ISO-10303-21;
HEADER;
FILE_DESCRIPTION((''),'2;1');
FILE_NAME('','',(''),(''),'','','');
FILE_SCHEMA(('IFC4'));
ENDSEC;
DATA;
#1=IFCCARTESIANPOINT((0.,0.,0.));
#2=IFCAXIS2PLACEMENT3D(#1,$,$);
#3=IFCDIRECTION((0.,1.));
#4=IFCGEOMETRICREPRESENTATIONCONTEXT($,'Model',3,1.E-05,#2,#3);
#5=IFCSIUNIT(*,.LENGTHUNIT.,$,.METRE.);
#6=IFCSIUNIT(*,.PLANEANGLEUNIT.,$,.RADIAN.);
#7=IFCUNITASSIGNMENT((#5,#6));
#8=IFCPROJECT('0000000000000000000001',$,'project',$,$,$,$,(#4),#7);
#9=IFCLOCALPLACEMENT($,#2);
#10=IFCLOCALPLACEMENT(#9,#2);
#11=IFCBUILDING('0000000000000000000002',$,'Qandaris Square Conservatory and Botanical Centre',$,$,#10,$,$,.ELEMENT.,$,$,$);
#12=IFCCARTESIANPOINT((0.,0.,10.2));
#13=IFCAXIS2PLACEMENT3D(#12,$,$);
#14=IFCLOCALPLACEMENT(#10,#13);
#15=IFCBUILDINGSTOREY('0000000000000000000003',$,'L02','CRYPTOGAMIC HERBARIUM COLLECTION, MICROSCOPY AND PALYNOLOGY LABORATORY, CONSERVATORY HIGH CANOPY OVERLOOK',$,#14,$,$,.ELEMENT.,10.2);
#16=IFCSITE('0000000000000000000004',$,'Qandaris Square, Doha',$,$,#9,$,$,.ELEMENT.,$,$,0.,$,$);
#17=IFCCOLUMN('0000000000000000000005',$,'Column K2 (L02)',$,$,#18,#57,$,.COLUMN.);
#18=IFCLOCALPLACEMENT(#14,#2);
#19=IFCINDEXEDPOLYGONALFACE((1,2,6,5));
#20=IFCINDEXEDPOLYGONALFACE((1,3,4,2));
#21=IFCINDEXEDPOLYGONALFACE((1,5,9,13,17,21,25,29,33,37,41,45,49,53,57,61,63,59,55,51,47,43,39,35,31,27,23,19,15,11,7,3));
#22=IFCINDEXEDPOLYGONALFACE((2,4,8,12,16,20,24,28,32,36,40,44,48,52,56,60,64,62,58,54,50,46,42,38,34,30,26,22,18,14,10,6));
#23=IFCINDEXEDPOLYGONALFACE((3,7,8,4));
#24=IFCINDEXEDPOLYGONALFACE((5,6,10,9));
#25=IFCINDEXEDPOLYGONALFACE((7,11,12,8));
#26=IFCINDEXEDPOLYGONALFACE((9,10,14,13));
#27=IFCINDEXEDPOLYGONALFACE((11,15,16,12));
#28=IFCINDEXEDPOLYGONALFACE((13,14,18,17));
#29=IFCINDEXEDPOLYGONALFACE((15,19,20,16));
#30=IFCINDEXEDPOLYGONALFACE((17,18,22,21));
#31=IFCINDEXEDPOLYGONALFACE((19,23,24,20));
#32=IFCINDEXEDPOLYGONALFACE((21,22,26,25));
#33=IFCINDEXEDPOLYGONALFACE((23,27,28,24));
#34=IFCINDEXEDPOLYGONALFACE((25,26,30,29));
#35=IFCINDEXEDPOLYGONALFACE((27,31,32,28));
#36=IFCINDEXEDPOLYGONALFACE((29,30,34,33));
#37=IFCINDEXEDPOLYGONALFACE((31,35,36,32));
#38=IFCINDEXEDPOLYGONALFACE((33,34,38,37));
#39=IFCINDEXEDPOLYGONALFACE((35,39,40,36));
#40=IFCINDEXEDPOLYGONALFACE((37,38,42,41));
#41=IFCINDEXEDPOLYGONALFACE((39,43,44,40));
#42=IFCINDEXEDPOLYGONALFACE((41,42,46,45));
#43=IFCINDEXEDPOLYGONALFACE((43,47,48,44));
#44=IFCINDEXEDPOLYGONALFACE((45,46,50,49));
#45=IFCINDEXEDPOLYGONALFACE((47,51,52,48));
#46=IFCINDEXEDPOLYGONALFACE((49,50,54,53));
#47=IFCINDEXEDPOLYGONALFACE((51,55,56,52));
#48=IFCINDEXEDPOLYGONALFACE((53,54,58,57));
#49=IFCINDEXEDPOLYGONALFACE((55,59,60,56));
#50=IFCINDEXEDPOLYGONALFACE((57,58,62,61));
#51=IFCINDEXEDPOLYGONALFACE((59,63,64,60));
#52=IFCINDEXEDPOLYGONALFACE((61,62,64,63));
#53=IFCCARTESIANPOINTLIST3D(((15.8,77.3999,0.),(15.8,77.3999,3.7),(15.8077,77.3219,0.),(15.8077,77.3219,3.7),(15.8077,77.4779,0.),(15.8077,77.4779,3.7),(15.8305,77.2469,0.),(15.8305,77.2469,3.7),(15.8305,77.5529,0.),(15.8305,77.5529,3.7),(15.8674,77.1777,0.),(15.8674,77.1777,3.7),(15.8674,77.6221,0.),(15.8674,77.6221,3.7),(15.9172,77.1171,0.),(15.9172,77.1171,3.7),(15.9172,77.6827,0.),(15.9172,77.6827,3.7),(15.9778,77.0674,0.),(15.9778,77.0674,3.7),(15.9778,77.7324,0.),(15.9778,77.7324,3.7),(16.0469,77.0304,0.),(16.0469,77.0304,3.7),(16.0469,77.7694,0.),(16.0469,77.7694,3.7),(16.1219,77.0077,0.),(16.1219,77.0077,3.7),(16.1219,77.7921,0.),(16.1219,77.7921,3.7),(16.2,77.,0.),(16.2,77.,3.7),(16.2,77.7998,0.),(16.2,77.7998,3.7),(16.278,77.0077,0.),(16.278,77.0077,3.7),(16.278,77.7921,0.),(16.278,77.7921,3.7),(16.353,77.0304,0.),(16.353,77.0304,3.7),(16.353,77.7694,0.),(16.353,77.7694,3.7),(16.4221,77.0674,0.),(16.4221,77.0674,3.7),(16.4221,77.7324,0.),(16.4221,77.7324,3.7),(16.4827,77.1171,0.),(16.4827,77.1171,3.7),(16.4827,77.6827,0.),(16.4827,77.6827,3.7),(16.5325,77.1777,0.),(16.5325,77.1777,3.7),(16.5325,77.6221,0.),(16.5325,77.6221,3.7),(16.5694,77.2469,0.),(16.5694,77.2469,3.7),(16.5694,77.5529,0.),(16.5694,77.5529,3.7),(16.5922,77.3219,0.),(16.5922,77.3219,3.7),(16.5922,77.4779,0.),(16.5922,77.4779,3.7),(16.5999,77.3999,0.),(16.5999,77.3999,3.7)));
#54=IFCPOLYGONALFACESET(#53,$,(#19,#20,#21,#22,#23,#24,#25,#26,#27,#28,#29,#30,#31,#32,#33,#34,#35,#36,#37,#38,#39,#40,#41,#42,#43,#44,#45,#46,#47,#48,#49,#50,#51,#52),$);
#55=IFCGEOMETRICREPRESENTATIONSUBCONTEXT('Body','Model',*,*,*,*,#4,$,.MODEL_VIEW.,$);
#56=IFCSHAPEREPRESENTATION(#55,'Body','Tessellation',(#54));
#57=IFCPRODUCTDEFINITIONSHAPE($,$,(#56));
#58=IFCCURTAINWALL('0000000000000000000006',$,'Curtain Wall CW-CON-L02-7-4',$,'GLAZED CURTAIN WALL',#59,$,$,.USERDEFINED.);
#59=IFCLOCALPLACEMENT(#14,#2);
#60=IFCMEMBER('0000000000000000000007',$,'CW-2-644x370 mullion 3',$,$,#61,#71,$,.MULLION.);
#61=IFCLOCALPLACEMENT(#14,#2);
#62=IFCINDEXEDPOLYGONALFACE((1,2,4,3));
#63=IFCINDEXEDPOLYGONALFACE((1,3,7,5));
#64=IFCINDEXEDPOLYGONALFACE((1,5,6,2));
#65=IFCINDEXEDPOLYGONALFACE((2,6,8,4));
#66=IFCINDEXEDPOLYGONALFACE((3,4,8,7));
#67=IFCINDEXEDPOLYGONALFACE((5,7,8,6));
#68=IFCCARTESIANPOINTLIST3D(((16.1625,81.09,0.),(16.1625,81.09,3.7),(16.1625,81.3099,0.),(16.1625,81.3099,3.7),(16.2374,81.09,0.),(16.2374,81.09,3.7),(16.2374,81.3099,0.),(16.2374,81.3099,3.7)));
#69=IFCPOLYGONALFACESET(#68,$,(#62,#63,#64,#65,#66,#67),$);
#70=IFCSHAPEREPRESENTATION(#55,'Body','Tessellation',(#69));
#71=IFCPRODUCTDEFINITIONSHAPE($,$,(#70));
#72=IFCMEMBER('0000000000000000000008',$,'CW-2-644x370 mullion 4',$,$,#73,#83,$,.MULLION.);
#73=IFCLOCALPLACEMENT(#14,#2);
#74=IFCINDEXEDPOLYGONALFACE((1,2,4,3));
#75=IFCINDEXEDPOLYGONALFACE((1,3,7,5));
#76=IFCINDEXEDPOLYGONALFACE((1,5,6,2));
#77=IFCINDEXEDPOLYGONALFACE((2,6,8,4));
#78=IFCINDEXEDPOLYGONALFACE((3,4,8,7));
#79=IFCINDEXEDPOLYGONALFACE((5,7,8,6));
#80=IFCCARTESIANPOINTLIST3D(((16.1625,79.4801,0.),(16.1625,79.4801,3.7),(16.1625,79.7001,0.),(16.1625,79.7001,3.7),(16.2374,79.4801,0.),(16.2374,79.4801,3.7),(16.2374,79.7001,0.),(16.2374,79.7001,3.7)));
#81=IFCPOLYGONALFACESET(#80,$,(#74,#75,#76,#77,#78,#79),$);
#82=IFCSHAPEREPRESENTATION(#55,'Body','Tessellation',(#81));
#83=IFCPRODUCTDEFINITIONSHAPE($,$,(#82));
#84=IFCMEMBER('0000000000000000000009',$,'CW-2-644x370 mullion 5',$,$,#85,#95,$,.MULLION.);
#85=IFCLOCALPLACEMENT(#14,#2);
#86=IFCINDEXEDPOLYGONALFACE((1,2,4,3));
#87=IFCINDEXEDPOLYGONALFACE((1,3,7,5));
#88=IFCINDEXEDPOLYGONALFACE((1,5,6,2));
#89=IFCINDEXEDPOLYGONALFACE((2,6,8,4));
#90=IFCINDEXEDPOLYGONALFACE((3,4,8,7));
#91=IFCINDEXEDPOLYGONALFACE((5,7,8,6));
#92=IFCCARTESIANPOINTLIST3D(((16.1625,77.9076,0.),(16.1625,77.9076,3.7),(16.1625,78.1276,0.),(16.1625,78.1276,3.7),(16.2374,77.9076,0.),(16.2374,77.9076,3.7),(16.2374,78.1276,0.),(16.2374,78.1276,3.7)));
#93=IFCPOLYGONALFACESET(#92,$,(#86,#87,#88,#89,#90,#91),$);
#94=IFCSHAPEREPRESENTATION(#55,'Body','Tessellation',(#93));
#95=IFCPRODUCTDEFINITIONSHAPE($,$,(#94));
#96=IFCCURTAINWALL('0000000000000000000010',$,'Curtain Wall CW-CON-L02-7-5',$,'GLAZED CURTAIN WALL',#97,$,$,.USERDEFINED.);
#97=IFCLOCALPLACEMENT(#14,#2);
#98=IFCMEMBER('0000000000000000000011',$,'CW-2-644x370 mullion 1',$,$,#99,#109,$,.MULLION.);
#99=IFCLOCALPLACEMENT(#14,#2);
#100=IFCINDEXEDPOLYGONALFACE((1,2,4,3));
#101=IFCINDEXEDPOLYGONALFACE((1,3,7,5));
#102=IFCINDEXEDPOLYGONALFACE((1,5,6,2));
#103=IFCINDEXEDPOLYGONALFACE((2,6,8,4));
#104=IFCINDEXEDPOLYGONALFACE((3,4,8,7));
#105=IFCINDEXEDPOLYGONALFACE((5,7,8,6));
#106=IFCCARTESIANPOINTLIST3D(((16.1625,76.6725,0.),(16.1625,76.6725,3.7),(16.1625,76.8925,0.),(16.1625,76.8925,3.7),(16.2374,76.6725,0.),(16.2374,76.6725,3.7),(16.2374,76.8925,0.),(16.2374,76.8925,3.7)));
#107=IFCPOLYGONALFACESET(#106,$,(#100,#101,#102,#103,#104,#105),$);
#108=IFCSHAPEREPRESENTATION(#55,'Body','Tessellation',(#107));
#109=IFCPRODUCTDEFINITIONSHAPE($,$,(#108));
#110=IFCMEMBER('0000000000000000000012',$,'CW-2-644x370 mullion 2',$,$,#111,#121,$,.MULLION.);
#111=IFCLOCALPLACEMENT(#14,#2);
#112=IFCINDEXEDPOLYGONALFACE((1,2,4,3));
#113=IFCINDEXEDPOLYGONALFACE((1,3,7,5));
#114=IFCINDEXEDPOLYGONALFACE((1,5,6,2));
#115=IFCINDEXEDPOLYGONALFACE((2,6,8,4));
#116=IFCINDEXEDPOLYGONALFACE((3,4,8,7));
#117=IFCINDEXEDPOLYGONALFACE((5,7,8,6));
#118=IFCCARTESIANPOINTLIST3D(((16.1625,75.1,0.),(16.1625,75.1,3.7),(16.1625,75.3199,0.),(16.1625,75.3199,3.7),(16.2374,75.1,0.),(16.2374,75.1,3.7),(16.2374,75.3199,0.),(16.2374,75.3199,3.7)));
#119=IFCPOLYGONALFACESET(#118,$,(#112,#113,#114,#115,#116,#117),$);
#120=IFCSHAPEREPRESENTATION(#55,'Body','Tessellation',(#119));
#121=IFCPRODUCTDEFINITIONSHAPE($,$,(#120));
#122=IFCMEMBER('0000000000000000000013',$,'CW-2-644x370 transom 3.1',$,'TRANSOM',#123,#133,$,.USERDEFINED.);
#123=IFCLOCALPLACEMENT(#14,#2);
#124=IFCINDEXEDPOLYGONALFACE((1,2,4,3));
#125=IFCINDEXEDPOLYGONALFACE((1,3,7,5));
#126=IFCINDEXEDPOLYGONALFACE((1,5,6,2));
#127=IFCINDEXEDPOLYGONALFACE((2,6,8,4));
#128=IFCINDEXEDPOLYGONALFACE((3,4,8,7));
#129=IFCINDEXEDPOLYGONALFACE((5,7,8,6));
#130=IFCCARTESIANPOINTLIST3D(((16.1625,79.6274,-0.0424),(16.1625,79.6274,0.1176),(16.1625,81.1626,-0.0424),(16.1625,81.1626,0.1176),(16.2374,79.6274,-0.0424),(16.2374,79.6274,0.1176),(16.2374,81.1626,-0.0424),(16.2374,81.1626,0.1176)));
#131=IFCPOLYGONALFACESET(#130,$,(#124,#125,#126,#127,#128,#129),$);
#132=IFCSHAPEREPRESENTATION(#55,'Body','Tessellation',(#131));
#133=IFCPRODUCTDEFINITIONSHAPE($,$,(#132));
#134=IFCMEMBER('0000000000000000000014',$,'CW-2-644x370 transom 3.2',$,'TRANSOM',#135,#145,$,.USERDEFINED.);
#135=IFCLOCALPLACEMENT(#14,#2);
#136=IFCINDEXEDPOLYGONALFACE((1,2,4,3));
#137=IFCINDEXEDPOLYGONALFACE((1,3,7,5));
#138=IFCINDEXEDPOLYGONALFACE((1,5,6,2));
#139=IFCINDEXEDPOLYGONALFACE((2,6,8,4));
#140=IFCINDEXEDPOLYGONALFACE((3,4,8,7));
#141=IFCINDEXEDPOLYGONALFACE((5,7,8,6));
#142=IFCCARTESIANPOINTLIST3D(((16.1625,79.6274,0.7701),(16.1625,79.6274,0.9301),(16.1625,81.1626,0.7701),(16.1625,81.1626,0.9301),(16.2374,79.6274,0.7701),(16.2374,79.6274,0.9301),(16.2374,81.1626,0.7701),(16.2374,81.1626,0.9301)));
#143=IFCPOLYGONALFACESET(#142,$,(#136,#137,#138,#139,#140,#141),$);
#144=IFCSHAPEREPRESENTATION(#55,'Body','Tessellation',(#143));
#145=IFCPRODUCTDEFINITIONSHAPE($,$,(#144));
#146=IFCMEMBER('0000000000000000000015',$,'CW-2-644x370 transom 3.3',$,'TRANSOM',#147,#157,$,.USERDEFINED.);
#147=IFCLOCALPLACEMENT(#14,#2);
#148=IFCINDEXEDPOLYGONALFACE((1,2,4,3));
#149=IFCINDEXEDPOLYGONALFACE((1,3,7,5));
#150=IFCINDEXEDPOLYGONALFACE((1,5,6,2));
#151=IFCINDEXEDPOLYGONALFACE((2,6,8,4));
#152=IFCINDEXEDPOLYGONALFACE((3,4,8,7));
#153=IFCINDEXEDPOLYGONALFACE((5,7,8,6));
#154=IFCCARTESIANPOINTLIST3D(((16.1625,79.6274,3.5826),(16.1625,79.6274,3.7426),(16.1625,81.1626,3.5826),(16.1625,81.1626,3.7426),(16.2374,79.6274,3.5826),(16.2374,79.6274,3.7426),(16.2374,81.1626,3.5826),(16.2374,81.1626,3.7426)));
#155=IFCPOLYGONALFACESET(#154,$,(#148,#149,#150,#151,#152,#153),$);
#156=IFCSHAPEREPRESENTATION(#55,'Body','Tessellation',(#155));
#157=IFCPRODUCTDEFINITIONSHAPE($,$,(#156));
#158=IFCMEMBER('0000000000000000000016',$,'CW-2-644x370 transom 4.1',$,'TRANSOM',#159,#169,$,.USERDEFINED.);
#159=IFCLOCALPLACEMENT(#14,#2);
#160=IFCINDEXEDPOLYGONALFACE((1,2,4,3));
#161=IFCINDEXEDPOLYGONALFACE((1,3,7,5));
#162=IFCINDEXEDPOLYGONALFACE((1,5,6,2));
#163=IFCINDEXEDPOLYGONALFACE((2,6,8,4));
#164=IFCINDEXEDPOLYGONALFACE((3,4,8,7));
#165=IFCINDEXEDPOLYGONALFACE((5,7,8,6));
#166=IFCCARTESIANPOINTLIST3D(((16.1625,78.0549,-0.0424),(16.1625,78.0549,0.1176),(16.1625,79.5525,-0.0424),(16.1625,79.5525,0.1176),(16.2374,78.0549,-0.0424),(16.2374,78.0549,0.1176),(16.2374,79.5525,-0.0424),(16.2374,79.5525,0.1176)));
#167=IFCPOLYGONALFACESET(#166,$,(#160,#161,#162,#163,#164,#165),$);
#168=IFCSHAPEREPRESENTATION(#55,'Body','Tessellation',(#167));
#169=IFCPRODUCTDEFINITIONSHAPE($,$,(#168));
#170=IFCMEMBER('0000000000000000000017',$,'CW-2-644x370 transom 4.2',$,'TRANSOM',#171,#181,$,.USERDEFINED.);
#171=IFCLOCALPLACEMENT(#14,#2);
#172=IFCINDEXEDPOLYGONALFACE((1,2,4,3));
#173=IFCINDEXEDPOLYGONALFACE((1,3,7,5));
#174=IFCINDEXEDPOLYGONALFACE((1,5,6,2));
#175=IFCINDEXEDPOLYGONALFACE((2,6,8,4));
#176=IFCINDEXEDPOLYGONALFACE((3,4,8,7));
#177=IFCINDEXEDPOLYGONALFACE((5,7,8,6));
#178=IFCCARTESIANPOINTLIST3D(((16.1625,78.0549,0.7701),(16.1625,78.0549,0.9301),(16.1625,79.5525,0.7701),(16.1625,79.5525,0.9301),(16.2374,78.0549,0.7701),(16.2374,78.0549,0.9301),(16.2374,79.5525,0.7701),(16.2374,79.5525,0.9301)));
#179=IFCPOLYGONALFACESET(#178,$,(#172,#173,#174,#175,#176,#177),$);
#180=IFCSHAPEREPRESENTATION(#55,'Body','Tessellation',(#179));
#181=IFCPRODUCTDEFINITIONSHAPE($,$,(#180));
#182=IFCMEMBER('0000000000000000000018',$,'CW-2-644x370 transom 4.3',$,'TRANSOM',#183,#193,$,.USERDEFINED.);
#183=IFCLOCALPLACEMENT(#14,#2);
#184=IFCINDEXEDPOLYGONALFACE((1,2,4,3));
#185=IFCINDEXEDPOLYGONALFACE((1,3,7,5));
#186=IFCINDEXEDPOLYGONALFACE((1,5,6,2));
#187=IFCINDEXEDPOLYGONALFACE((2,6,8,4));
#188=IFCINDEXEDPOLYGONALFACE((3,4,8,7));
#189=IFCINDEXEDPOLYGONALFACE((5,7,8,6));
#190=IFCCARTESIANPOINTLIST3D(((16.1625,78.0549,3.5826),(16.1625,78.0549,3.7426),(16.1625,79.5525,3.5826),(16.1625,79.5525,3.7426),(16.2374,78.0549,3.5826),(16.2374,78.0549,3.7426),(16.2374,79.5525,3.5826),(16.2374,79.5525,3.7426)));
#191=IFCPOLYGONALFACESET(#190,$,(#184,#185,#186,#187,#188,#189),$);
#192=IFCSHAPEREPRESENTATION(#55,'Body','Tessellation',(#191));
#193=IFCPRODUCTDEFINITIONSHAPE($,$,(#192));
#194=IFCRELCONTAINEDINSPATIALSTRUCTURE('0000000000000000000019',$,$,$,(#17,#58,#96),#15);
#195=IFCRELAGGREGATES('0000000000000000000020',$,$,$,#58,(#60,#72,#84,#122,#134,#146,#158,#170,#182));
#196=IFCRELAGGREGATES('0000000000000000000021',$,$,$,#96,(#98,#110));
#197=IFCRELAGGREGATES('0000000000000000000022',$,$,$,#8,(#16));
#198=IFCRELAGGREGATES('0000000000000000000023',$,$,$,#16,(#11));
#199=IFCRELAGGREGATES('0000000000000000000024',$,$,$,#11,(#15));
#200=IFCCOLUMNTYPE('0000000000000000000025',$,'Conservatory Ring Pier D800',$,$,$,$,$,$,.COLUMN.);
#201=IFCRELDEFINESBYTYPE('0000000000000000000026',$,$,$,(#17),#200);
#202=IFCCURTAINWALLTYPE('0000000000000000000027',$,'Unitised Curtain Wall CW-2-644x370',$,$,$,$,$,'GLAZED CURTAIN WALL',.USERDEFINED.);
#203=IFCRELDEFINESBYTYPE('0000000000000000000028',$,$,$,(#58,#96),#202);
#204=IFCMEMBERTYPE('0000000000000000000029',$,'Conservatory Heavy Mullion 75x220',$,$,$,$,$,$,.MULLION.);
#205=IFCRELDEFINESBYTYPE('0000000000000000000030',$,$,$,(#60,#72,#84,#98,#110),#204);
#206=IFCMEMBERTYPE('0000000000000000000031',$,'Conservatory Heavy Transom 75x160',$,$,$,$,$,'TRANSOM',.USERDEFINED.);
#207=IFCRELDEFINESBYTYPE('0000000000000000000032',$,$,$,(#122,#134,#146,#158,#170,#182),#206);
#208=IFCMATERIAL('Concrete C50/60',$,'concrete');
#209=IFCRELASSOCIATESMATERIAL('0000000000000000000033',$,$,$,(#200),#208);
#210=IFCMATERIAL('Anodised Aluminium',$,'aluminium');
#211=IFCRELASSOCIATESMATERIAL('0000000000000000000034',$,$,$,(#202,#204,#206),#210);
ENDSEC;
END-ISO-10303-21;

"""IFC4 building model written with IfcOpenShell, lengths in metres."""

from ifc_helpers import new_model, si_unit, direction, frame, origin, origin_2d, place, context, subcontext, project, spatial, rectangle, circle, extrude, material, material_profile, profile_set, type_object, element, aggregate, save


model = new_model("IFC4")

# Units and contexts
model_context = context("Model", 3, precision=1e-05, world=origin(), true_north=direction((0.0, 1.0)))
body_context = subcontext(model_context, "Body", "Model", "MODEL_VIEW")
ifc_project = project(units=[si_unit("LENGTHUNIT", "METRE"), si_unit("PLANEANGLEUNIT", "RADIAN")], contexts=[model_context])

# Site, building, storey
site_placement = place(None, origin())
site = spatial("IfcSite", under=ifc_project, at=site_placement, Name="Qandaris Square, Doha", CompositionType="ELEMENT", RefElevation=0.0)
building_placement = place(site_placement, origin())
building = spatial("IfcBuilding", under=site, at=building_placement, Name="Qandaris Square Conservatory and Botanical Centre", CompositionType="ELEMENT")
storey_placement = place(building_placement, frame((0.0, 0.0, 10.2)))
storey = spatial("IfcBuildingStorey", under=building, at=storey_placement, Name="L02", Description="CRYPTOGAMIC HERBARIUM COLLECTION, MICROSCOPY AND PALYNOLOGY LABORATORY, CONSERVATORY HIGH CANOPY OVERLOOK", CompositionType="ELEMENT", Elevation=10.2)

# Column
ifc_material_1 = material(Name="Concrete C50/60", Category="concrete")
ifc_material_profile_1 = material_profile(ifc_material_1, circle(Radius=0.3999, at=origin_2d()), Name="RC-COL D800")
ifc_profile_set_1 = profile_set([ifc_material_profile_1], Name="Concrete C50/60")
column_type = type_object("IfcColumnType", Name="Conservatory Ring Pier D800", PredefinedType="COLUMN", material=ifc_profile_set_1)
column_placement = place(storey_placement, frame((16.2, 77.3999, 0.0), z_axis=(0.0, 0.0, 1.0), x_axis=(1.0, 0.0, 0.0)))
element("IfcColumn", 1, at=column_placement, inside=storey, type_object=column_type, Name="Column K2 (L02)", PredefinedType="COLUMN", context=body_context, shape_type="SweptSolid", body=[
    extrude(circle(Radius=0.3999, at=origin_2d()), origin(), (0.0, 0.0, 1.0), 3.7),
])

# Curtain walls, members
ifc_material_2 = material(Name="Anodised Aluminium", Category="aluminium")
curtain_wall_type = type_object("IfcCurtainWallType", Name="Unitised Curtain Wall CW-2-644x370", ElementType="GLAZED CURTAIN WALL", PredefinedType="USERDEFINED", material=ifc_material_2)
curtain_wall_1_placement = place(storey_placement, origin())
curtain_wall_1 = element("IfcCurtainWall", 2, at=curtain_wall_1_placement, inside=storey, type_object=curtain_wall_type, Name="Curtain Wall CW-CON-L02-7-4", ObjectType="GLAZED CURTAIN WALL", PredefinedType="USERDEFINED")
ifc_material_profile_2 = material_profile(ifc_material_2, rectangle(XDim=0.075, YDim=0.22, at=origin_2d()), Name="ALU-MUL 75x220")
ifc_profile_set_2 = profile_set([ifc_material_profile_2], Name="Anodised Aluminium")
member_type_1 = type_object("IfcMemberType", Name="Conservatory Heavy Mullion 75x220", PredefinedType="MULLION", material=ifc_profile_set_2)
member_1_placement = place(storey_placement, frame((16.2, 81.2, 0.0), z_axis=(0.0, 0.0, 1.0), x_axis=(1.0, 0.0, 0.0)))
member_1 = element("IfcMember", 3, at=member_1_placement, type_object=member_type_1, Name="CW-2-644x370 mullion 3", PredefinedType="MULLION", context=body_context, shape_type="SweptSolid", body=[
    extrude(rectangle(XDim=0.075, YDim=0.22, at=origin_2d()), origin(), (0.0, 0.0, 1.0), 3.7),
])
member_2_placement = place(storey_placement, frame((16.2, 79.5901, 0.0), z_axis=(0.0, 0.0, 1.0), x_axis=(1.0, 0.0, 0.0)))
member_2 = element("IfcMember", 4, at=member_2_placement, type_object=member_type_1, Name="CW-2-644x370 mullion 4", PredefinedType="MULLION", context=body_context, shape_type="SweptSolid", body=[
    extrude(rectangle(XDim=0.075, YDim=0.22, at=origin_2d()), origin(), (0.0, 0.0, 1.0), 3.7),
])
member_3_placement = place(storey_placement, frame((16.2, 78.0176, 0.0), z_axis=(0.0, 0.0, 1.0), x_axis=(1.0, 0.0, 0.0)))
member_3 = element("IfcMember", 5, at=member_3_placement, type_object=member_type_1, Name="CW-2-644x370 mullion 5", PredefinedType="MULLION", context=body_context, shape_type="SweptSolid", body=[
    extrude(rectangle(XDim=0.075, YDim=0.22, at=origin_2d()), origin(), (0.0, 0.0, 1.0), 3.7),
])
curtain_wall_2_placement = place(storey_placement, origin())
curtain_wall_2 = element("IfcCurtainWall", 6, at=curtain_wall_2_placement, inside=storey, type_object=curtain_wall_type, Name="Curtain Wall CW-CON-L02-7-5", ObjectType="GLAZED CURTAIN WALL", PredefinedType="USERDEFINED")
member_4_placement = place(storey_placement, frame((16.2, 76.7825, 0.0), z_axis=(0.0, 0.0, 1.0), x_axis=(1.0, 0.0, 0.0)))
member_4 = element("IfcMember", 7, at=member_4_placement, type_object=member_type_1, Name="CW-2-644x370 mullion 1", PredefinedType="MULLION", context=body_context, shape_type="SweptSolid", body=[
    extrude(rectangle(XDim=0.075, YDim=0.22, at=origin_2d()), origin(), (0.0, 0.0, 1.0), 3.7),
])
member_5_placement = place(storey_placement, frame((16.2, 75.21, 0.0), z_axis=(0.0, 0.0, 1.0), x_axis=(1.0, 0.0, 0.0)))
member_5 = element("IfcMember", 8, at=member_5_placement, type_object=member_type_1, Name="CW-2-644x370 mullion 2", PredefinedType="MULLION", context=body_context, shape_type="SweptSolid", body=[
    extrude(rectangle(XDim=0.075, YDim=0.22, at=origin_2d()), origin(), (0.0, 0.0, 1.0), 3.7),
])

# Members
ifc_material_profile_3 = material_profile(ifc_material_2, rectangle(XDim=0.075, YDim=0.1599, at=origin_2d()), Name="ALU-TRN 75x160")
ifc_profile_set_3 = profile_set([ifc_material_profile_3], Name="Anodised Aluminium")
member_type_2 = type_object("IfcMemberType", Name="Conservatory Heavy Transom 75x160", ElementType="TRANSOM", PredefinedType="USERDEFINED", material=ifc_profile_set_3)
member_6_placement = place(storey_placement, frame((16.2, 81.1626, 0.0376), z_axis=(0.0, -1.0, 0.0), x_axis=(1.0, 0.0, 0.0)))
member_6 = element("IfcMember", 9, at=member_6_placement, type_object=member_type_2, Name="CW-2-644x370 transom 3.1", ObjectType="TRANSOM", PredefinedType="USERDEFINED", context=body_context, shape_type="SweptSolid", body=[
    extrude(rectangle(XDim=0.075, YDim=0.1599, at=origin_2d()), origin(), (0.0, 0.0, 1.0), 1.5352),
])
member_7_placement = place(storey_placement, frame((16.2, 81.1626, 0.8501), z_axis=(0.0, -1.0, 0.0), x_axis=(1.0, 0.0, 0.0)))
member_7 = element("IfcMember", 10, at=member_7_placement, type_object=member_type_2, Name="CW-2-644x370 transom 3.2", ObjectType="TRANSOM", PredefinedType="USERDEFINED", context=body_context, shape_type="SweptSolid", body=[
    extrude(rectangle(XDim=0.075, YDim=0.1599, at=origin_2d()), origin(), (0.0, 0.0, 1.0), 1.5352),
])
member_8_placement = place(storey_placement, frame((16.2, 81.1626, 3.6626), z_axis=(0.0, -1.0, 0.0), x_axis=(1.0, 0.0, 0.0)))
member_8 = element("IfcMember", 11, at=member_8_placement, type_object=member_type_2, Name="CW-2-644x370 transom 3.3", ObjectType="TRANSOM", PredefinedType="USERDEFINED", context=body_context, shape_type="SweptSolid", body=[
    extrude(rectangle(XDim=0.075, YDim=0.1599, at=origin_2d()), origin(), (0.0, 0.0, 1.0), 1.5352),
])
member_9_placement = place(storey_placement, frame((16.2, 79.5525, 0.0376), z_axis=(0.0, -1.0, 0.0), x_axis=(1.0, 0.0, 0.0)))
member_9 = element("IfcMember", 12, at=member_9_placement, type_object=member_type_2, Name="CW-2-644x370 transom 4.1", ObjectType="TRANSOM", PredefinedType="USERDEFINED", context=body_context, shape_type="SweptSolid", body=[
    extrude(rectangle(XDim=0.075, YDim=0.1599, at=origin_2d()), origin(), (0.0, 0.0, 1.0), 1.4976),
])
member_10_placement = place(storey_placement, frame((16.2, 79.5525, 0.8501), z_axis=(0.0, -1.0, 0.0), x_axis=(1.0, 0.0, 0.0)))
member_10 = element("IfcMember", 13, at=member_10_placement, type_object=member_type_2, Name="CW-2-644x370 transom 4.2", ObjectType="TRANSOM", PredefinedType="USERDEFINED", context=body_context, shape_type="SweptSolid", body=[
    extrude(rectangle(XDim=0.075, YDim=0.1599, at=origin_2d()), origin(), (0.0, 0.0, 1.0), 1.4976),
])
member_11_placement = place(storey_placement, frame((16.2, 79.5525, 3.6626), z_axis=(0.0, -1.0, 0.0), x_axis=(1.0, 0.0, 0.0)))
member_11 = element("IfcMember", 14, at=member_11_placement, type_object=member_type_2, Name="CW-2-644x370 transom 4.3", ObjectType="TRANSOM", PredefinedType="USERDEFINED", context=body_context, shape_type="SweptSolid", body=[
    extrude(rectangle(XDim=0.075, YDim=0.1599, at=origin_2d()), origin(), (0.0, 0.0, 1.0), 1.4976),
])

aggregate(curtain_wall_1, [member_1, member_2, member_3, member_6, member_7, member_8, member_9, member_10, member_11])
aggregate(curtain_wall_2, [member_4, member_5])

save(model, "model.ifc")
